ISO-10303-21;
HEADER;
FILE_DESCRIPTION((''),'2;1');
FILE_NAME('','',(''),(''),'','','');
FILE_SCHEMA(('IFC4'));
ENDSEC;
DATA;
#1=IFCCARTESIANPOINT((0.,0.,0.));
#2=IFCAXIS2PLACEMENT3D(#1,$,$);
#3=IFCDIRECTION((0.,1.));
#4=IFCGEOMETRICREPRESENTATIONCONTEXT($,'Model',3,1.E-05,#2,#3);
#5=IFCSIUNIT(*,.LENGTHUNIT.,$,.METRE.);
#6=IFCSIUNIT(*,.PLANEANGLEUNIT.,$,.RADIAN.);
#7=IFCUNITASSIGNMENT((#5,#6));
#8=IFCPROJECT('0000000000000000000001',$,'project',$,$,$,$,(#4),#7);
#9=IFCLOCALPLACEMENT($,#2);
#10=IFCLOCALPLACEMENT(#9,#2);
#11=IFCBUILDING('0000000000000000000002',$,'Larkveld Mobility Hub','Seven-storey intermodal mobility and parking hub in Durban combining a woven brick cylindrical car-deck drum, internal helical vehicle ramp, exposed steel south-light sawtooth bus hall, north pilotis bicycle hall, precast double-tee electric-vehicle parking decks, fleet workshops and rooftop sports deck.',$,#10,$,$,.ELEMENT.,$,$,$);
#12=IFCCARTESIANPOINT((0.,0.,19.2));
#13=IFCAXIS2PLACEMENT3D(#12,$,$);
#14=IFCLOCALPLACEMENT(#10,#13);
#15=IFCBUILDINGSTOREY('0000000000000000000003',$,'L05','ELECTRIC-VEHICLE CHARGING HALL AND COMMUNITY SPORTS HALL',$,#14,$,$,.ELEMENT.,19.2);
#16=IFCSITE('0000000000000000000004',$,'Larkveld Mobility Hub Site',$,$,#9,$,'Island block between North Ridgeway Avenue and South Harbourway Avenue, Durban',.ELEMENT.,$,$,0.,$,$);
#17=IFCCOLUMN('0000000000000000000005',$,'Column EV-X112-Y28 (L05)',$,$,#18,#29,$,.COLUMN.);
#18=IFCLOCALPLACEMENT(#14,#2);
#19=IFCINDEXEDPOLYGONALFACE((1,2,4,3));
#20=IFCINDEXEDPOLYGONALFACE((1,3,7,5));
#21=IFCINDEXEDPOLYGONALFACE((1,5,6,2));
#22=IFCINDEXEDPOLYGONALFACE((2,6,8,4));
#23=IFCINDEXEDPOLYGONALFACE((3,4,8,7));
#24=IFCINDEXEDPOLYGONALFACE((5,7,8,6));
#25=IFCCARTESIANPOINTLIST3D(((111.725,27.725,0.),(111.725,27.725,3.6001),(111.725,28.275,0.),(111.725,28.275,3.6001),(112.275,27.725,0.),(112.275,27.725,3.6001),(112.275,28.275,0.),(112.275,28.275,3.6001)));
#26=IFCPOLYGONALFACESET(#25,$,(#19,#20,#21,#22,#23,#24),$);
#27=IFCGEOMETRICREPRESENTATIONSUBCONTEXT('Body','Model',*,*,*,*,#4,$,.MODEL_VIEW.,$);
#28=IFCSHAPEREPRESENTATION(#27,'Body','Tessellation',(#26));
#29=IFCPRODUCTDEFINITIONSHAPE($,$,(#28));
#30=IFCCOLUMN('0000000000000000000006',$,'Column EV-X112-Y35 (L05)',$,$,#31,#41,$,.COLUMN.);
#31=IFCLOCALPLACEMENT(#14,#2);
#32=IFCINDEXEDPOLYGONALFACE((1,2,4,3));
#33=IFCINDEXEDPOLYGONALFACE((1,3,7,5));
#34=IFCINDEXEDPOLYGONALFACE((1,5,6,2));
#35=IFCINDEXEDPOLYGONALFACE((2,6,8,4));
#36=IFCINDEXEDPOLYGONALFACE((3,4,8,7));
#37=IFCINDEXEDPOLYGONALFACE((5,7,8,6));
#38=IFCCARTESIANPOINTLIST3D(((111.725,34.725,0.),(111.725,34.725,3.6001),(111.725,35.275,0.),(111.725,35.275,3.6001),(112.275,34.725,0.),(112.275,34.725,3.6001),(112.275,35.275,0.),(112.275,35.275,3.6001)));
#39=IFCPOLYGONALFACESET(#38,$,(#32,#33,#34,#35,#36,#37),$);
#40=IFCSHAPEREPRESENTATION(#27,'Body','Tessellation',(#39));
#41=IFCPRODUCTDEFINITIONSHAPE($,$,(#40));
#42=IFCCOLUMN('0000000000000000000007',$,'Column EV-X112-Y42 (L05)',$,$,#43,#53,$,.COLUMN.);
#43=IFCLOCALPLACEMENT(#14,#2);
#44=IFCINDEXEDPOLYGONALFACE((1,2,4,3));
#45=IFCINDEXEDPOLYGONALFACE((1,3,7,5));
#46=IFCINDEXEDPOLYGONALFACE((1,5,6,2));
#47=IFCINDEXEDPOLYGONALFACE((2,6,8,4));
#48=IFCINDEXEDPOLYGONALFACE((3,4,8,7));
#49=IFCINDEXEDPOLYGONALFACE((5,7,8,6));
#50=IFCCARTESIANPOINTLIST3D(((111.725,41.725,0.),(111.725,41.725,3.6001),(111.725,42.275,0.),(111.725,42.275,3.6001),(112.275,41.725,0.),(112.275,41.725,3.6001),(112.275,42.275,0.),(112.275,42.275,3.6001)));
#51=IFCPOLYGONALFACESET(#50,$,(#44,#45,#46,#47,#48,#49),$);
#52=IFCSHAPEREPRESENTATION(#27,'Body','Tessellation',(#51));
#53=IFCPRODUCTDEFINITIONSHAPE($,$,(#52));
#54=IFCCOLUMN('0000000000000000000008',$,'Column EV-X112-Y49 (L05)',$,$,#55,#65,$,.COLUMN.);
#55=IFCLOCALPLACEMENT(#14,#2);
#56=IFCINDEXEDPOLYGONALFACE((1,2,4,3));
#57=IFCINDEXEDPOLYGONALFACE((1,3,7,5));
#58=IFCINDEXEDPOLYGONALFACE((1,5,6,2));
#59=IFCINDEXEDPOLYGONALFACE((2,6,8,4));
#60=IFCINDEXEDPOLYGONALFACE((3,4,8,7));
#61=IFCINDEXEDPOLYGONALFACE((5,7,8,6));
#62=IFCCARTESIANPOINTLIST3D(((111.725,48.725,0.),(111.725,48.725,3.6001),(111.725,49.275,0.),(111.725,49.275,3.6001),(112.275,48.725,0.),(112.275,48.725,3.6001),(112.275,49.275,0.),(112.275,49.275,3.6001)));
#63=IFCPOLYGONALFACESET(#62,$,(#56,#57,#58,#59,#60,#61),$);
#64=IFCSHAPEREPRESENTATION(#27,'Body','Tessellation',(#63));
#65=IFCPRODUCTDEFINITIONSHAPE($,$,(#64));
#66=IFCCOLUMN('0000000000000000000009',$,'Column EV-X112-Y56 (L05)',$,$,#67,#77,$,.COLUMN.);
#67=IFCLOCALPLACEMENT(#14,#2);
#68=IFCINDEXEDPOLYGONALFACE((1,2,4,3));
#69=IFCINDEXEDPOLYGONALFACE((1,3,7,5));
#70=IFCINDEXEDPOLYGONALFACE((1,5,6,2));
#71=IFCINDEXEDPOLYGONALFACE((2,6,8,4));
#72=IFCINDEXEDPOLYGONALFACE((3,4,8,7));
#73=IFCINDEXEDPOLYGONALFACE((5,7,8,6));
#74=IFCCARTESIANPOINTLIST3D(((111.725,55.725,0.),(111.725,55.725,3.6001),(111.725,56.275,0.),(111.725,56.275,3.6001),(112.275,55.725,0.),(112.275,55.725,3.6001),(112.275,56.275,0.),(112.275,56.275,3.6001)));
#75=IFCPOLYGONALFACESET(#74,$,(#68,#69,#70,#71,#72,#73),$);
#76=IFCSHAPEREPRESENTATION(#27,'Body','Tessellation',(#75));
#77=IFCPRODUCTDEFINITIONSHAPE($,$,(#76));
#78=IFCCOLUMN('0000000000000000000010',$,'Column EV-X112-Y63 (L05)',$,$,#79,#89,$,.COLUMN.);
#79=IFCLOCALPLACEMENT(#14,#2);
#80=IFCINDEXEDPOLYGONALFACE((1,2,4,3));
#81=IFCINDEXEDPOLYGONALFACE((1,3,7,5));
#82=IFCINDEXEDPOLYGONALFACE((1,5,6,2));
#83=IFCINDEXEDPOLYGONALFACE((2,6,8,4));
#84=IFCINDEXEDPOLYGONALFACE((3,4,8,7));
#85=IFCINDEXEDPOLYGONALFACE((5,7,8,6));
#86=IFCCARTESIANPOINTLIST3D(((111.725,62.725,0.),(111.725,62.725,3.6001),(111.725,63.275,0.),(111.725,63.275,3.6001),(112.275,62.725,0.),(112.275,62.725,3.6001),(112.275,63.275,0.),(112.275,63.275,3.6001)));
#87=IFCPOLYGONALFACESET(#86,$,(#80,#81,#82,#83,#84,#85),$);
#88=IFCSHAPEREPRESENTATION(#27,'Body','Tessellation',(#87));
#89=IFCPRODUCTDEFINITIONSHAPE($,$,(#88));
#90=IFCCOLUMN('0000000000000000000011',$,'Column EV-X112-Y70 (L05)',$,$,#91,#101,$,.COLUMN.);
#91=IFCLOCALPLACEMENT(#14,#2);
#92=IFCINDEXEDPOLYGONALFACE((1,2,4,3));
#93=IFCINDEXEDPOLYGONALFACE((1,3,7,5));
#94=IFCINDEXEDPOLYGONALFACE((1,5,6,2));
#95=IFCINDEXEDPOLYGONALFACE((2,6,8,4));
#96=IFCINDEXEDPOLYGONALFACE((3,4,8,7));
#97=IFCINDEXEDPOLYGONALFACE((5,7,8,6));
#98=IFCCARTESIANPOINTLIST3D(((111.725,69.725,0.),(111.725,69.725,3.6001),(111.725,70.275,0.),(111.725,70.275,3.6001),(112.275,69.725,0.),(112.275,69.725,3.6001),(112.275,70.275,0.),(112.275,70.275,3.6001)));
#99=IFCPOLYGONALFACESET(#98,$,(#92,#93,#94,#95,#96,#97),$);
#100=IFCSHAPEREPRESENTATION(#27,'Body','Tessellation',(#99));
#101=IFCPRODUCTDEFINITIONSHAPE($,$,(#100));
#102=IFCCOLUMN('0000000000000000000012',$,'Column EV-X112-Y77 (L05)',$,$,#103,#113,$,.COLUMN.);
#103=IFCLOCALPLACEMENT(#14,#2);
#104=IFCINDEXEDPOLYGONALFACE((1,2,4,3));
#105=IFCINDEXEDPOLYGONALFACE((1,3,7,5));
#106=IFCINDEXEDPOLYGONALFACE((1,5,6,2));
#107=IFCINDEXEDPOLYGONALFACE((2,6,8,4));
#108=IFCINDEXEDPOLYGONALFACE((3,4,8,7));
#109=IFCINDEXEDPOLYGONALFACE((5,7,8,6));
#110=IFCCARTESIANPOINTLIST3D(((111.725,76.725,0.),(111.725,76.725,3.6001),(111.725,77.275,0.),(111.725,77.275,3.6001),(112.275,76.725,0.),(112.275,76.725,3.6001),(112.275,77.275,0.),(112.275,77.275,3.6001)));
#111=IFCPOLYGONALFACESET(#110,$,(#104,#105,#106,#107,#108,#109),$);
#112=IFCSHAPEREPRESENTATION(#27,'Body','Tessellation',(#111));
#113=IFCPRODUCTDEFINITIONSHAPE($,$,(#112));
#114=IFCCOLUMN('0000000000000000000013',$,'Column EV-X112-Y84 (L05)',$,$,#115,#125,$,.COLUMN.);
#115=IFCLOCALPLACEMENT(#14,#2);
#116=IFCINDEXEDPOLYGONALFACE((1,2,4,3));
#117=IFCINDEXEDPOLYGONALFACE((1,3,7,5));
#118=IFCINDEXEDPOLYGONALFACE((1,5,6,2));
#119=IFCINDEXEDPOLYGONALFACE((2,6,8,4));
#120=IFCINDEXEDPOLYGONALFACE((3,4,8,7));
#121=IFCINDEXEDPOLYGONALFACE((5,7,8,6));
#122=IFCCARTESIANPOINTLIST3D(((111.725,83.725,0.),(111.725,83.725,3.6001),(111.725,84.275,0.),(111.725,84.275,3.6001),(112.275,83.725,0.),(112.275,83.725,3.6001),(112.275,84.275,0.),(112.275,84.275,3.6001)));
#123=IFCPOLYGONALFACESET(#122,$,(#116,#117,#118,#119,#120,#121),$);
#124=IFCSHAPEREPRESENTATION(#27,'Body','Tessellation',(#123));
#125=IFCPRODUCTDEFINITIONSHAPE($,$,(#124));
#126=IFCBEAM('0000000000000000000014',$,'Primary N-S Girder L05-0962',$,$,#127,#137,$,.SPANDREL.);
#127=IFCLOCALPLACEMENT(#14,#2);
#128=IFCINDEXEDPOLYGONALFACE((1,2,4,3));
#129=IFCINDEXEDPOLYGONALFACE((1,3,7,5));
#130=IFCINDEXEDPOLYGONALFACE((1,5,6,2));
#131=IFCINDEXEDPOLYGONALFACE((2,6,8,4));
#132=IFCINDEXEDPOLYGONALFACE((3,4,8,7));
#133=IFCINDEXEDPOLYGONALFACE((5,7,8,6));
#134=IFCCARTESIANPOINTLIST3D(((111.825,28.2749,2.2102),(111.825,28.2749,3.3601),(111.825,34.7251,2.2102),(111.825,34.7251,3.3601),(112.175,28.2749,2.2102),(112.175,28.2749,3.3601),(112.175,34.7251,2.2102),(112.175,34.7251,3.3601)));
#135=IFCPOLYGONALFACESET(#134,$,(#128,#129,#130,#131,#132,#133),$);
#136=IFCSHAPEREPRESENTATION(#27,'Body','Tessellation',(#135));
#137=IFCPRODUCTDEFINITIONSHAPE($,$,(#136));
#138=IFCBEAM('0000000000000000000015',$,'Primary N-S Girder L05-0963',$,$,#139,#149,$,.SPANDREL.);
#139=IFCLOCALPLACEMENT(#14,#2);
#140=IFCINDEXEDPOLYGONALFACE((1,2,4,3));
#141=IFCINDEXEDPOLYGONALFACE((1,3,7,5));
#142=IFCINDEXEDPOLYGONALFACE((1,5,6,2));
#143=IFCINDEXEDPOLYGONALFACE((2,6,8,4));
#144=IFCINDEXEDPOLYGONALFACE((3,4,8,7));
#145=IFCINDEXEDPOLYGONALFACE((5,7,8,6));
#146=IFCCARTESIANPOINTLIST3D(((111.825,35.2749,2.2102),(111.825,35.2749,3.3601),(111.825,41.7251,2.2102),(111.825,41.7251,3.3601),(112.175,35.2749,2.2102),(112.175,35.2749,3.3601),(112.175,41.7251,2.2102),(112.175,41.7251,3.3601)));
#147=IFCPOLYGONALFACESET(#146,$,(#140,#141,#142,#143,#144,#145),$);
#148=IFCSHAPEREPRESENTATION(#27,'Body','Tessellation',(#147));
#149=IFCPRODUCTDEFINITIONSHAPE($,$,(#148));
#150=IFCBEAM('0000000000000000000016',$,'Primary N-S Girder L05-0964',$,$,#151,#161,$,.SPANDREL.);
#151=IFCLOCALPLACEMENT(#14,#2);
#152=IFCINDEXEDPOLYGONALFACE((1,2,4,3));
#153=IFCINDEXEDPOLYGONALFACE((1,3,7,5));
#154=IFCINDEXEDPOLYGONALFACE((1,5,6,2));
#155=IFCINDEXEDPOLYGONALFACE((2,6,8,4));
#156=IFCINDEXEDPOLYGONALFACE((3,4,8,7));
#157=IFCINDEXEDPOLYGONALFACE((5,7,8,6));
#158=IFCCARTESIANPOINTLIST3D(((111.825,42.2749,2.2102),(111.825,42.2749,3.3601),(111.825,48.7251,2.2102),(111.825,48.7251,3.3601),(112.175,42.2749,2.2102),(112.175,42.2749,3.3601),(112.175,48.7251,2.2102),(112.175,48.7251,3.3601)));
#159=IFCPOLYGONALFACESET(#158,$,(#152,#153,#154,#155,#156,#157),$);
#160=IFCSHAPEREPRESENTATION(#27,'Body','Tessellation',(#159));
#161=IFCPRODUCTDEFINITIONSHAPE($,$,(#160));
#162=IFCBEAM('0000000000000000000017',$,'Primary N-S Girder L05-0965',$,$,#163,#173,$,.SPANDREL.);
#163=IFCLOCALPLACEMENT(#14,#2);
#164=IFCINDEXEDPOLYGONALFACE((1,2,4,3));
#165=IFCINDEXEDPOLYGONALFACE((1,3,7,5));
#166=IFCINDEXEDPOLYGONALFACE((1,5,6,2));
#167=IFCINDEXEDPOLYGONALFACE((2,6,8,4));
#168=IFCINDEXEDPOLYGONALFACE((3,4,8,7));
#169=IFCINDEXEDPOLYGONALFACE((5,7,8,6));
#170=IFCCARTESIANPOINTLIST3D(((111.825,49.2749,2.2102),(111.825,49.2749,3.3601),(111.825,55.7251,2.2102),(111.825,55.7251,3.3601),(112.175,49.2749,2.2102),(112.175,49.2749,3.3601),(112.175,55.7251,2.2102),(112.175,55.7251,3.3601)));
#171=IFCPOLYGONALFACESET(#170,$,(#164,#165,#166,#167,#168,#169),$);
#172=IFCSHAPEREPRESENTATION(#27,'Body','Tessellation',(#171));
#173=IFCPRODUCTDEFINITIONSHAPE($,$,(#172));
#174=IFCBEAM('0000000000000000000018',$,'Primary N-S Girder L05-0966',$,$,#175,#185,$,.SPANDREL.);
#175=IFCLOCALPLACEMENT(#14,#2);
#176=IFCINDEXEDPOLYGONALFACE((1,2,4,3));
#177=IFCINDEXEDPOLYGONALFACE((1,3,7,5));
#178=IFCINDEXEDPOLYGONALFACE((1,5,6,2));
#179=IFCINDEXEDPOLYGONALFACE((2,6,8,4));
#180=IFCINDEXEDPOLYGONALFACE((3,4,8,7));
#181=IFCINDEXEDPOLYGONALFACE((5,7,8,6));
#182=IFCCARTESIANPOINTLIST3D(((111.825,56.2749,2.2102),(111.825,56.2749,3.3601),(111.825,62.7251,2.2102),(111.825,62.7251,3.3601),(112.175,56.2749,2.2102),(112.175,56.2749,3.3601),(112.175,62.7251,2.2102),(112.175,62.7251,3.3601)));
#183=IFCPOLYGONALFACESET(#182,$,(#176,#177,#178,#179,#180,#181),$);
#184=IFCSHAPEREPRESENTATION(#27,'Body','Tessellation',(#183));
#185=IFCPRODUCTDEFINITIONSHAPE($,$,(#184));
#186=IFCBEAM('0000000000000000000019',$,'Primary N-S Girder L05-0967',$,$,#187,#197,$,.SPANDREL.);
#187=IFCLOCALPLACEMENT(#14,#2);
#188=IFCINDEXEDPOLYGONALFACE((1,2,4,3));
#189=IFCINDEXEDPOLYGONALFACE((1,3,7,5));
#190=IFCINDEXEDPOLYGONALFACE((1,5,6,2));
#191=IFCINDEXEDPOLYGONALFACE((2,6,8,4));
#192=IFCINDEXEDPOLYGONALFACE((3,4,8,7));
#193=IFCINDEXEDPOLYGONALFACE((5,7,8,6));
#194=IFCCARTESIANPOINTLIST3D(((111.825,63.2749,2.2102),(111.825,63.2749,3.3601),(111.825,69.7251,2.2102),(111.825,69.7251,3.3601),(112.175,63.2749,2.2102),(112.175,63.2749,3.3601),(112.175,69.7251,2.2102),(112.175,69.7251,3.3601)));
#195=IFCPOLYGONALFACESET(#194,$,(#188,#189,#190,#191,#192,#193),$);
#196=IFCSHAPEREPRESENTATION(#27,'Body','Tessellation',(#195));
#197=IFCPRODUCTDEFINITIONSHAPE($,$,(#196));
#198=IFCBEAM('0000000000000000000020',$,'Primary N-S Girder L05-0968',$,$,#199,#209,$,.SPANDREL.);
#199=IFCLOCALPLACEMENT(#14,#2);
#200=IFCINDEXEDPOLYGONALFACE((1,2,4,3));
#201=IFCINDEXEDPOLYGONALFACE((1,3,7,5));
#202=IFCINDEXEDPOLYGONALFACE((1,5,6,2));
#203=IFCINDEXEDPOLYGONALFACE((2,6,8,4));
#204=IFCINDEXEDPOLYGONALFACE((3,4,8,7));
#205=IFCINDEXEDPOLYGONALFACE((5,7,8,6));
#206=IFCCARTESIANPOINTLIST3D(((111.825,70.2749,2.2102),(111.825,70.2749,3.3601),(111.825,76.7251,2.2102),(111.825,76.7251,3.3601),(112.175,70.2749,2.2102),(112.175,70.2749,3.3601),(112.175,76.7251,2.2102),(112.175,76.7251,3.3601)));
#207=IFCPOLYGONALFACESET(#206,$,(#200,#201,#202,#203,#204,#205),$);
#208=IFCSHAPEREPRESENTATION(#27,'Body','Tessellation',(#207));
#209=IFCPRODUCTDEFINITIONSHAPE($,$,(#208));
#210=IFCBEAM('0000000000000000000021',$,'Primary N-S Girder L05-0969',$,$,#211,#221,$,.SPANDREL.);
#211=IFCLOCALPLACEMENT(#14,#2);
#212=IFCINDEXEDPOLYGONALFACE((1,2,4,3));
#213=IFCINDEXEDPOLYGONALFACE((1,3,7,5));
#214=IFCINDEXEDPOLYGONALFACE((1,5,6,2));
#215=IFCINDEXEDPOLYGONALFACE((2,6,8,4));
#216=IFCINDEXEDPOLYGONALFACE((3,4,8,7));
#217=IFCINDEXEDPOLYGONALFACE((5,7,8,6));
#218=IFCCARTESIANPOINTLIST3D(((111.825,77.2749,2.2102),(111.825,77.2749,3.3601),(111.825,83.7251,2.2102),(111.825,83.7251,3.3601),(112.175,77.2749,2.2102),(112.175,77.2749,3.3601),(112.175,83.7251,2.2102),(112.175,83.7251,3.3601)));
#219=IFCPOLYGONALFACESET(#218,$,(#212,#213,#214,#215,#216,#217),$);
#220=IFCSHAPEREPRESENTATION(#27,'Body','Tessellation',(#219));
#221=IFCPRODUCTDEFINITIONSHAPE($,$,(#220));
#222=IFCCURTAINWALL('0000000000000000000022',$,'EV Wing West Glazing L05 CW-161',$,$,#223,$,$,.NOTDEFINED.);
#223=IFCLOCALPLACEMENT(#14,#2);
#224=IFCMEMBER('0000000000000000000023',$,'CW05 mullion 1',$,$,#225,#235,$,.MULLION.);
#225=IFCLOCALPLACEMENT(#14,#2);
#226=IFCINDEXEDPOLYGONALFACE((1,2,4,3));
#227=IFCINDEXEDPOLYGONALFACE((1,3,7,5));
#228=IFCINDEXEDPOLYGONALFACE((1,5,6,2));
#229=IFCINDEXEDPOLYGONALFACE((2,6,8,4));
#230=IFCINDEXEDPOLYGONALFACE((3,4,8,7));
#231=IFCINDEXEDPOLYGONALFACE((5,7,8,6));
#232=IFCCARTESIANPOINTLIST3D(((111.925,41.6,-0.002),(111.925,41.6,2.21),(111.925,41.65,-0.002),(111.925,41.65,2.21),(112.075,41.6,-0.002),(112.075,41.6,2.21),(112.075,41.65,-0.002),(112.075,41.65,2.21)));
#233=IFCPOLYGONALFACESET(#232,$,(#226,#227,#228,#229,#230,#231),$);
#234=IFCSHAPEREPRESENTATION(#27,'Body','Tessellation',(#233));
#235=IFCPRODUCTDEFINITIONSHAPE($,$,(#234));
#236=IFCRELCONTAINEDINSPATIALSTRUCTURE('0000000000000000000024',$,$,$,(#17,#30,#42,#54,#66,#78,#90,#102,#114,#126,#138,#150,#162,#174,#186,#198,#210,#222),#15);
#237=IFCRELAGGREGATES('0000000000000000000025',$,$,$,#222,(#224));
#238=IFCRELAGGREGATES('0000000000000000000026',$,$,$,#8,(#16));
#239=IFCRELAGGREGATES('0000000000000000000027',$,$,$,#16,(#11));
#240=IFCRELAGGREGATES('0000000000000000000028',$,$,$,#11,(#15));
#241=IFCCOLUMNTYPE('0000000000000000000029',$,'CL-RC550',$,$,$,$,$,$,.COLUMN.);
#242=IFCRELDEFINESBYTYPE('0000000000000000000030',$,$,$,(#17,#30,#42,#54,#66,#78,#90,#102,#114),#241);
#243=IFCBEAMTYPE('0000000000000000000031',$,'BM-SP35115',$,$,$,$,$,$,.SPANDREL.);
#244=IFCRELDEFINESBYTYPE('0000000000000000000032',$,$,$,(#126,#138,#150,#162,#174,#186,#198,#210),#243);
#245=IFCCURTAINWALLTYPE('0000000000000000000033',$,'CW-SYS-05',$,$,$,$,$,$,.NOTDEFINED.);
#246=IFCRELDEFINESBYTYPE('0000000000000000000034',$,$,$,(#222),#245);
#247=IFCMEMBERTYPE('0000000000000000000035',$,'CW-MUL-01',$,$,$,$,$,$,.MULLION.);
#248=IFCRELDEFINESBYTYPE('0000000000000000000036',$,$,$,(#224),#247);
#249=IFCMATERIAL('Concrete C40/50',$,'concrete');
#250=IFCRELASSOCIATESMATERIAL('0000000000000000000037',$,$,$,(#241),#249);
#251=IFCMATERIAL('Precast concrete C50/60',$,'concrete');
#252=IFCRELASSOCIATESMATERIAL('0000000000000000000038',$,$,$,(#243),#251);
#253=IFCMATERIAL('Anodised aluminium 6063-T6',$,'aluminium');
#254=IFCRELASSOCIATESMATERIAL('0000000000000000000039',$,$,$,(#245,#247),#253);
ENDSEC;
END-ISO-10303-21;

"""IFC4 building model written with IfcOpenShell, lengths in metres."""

from ifc_helpers import new_model, si_unit, direction, frame, origin, origin_2d, place, context, subcontext, project, spatial, rectangle, extrude, material, material_profile, profile_set, type_object, element, aggregate, save


model = new_model("IFC4")

# Units and contexts
model_context = context("Model", 3, precision=1e-05, world=origin(), true_north=direction((0.0, 1.0)))
body_context = subcontext(model_context, "Body", "Model", "MODEL_VIEW")
ifc_project = project(units=[si_unit("LENGTHUNIT", "METRE"), si_unit("PLANEANGLEUNIT", "RADIAN")], contexts=[model_context])

# Site, building, storey
site_placement = place(None, origin())
site = spatial("IfcSite", under=ifc_project, at=site_placement, Name="Larkveld Mobility Hub Site", LongName="Island block between North Ridgeway Avenue and South Harbourway Avenue, Durban", CompositionType="ELEMENT", RefElevation=0.0)
building_placement = place(site_placement, origin())
building = spatial("IfcBuilding", under=site, at=building_placement, Name="Larkveld Mobility Hub", Description="Seven-storey intermodal mobility and parking hub in Durban combining a woven brick cylindrical car-deck drum, internal helical vehicle ramp, exposed steel south-light sawtooth bus hall, north pilotis bicycle hall, precast double-tee electric-vehicle parking decks, fleet workshops and rooftop sports deck.", CompositionType="ELEMENT")
storey_placement = place(building_placement, frame((0.0, 0.0, 19.2)))
storey = spatial("IfcBuildingStorey", under=building, at=storey_placement, Name="L05", Description="ELECTRIC-VEHICLE CHARGING HALL AND COMMUNITY SPORTS HALL", CompositionType="ELEMENT", Elevation=19.2)

# Columns
ifc_material_1 = material(Name="Concrete C40/50", Category="concrete")
ifc_material_profile_1 = material_profile(ifc_material_1, rectangle(XDim=0.55, YDim=0.55, at=origin_2d()), Name="RC COL 550x550")
ifc_profile_set_1 = profile_set([ifc_material_profile_1], Name="Concrete C40/50")
column_type = type_object("IfcColumnType", Name="CL-RC550", PredefinedType="COLUMN", material=ifc_profile_set_1)
for number, where, z_axis, x_axis, name in (
    (1, (112.0, 28.0, 0.0), (0.0, 0.0, 1.0), (1.0, 0.0, 0.0), "Column EV-X112-Y28 (L05)"),
    (2, (112.0, 35.0, 0.0), (0.0, 0.0, 1.0), (1.0, 0.0, 0.0), "Column EV-X112-Y35 (L05)"),
    (3, (112.0, 42.0, 0.0), (0.0, 0.0, 1.0), (1.0, 0.0, 0.0), "Column EV-X112-Y42 (L05)"),
    (4, (112.0, 49.0, 0.0), (0.0, 0.0, 1.0), (1.0, 0.0, 0.0), "Column EV-X112-Y49 (L05)"),
    (5, (112.0, 56.0, 0.0), (0.0, 0.0, 1.0), (1.0, 0.0, 0.0), "Column EV-X112-Y56 (L05)"),
    (6, (112.0, 63.0, 0.0), (0.0, 0.0, 1.0), (1.0, 0.0, 0.0), "Column EV-X112-Y63 (L05)"),
    (7, (112.0, 70.0, 0.0), (0.0, 0.0, 1.0), (1.0, 0.0, 0.0), "Column EV-X112-Y70 (L05)"),
    (8, (112.0, 77.0, 0.0), (0.0, 0.0, 1.0), (1.0, 0.0, 0.0), "Column EV-X112-Y77 (L05)"),
    (9, (112.0, 84.0, 0.0), (0.0, 0.0, 1.0), (1.0, 0.0, 0.0), "Column EV-X112-Y84 (L05)"),
):
    element("IfcColumn", number, at=place(storey_placement, frame(where, z_axis=z_axis, x_axis=x_axis)), inside=storey, type_object=column_type, Name=name, PredefinedType="COLUMN", context=body_context, shape_type="SweptSolid", body=[
        extrude(rectangle(XDim=0.55, YDim=0.55, at=origin_2d()), origin(), (0.0, 0.0, 1.0), 3.6001),
    ])

# Beams
ifc_material_2 = material(Name="Precast concrete C50/60", Category="concrete")
ifc_material_profile_2 = material_profile(ifc_material_2, rectangle(XDim=0.3501, YDim=1.1499, at=origin_2d()), Name="PC SP 350x1150")
ifc_profile_set_2 = profile_set([ifc_material_profile_2], Name="Precast concrete C50/60")
beam_type = type_object("IfcBeamType", Name="BM-SP35115", PredefinedType="SPANDREL", material=ifc_profile_set_2)
for number, where, z_axis, x_axis, name in (
    (10, (112.0, 28.2749, 2.7852), (0.0, 1.0, 0.0), (-1.0, 0.0, 0.0), "Primary N-S Girder L05-0962"),
    (11, (112.0, 35.2749, 2.7852), (0.0, 1.0, 0.0), (-1.0, 0.0, 0.0), "Primary N-S Girder L05-0963"),
    (12, (112.0, 42.2749, 2.7852), (0.0, 1.0, 0.0), (-1.0, 0.0, 0.0), "Primary N-S Girder L05-0964"),
    (13, (112.0, 49.2749, 2.7852), (0.0, 1.0, 0.0), (-1.0, 0.0, 0.0), "Primary N-S Girder L05-0965"),
    (14, (112.0, 56.2749, 2.7852), (0.0, 1.0, 0.0), (-1.0, 0.0, 0.0), "Primary N-S Girder L05-0966"),
    (15, (112.0, 63.2749, 2.7852), (0.0, 1.0, 0.0), (-1.0, 0.0, 0.0), "Primary N-S Girder L05-0967"),
    (16, (112.0, 70.2749, 2.7852), (0.0, 1.0, 0.0), (-1.0, 0.0, 0.0), "Primary N-S Girder L05-0968"),
    (17, (112.0, 77.2749, 2.7852), (0.0, 1.0, 0.0), (-1.0, 0.0, 0.0), "Primary N-S Girder L05-0969"),
):
    element("IfcBeam", number, at=place(storey_placement, frame(where, z_axis=z_axis, x_axis=x_axis)), inside=storey, type_object=beam_type, Name=name, PredefinedType="SPANDREL", context=body_context, shape_type="SweptSolid", body=[
        extrude(rectangle(XDim=0.3501, YDim=1.1499, at=origin_2d()), origin(), (0.0, 0.0, 1.0), 6.4502),
    ])

# Curtain wall, member
ifc_material_3 = material(Name="Anodised aluminium 6063-T6", Category="aluminium")
curtain_wall_type = type_object("IfcCurtainWallType", Name="CW-SYS-05", PredefinedType="NOTDEFINED", material=ifc_material_3)
curtain_wall_placement = place(storey_placement, origin())
curtain_wall = element("IfcCurtainWall", 18, at=curtain_wall_placement, inside=storey, type_object=curtain_wall_type, Name="EV Wing West Glazing L05 CW-161", PredefinedType="NOTDEFINED")
ifc_material_profile_3 = material_profile(ifc_material_3, rectangle(XDim=0.05, YDim=0.1499, at=origin_2d()), Name="ALU MULL 50x150")
ifc_profile_set_3 = profile_set([ifc_material_profile_3], Name="Anodised aluminium 6063-T6")
member_type = type_object("IfcMemberType", Name="CW-MUL-01", PredefinedType="MULLION", material=ifc_profile_set_3)
member_1_placement = place(storey_placement, frame((112.0, 41.625, -0.002), z_axis=(0.0, 0.0, 1.0), x_axis=(0.0, -1.0, 0.0)))
member_1 = element("IfcMember", 19, at=member_1_placement, type_object=member_type, Name="CW05 mullion 1", PredefinedType="MULLION", context=body_context, shape_type="SweptSolid", body=[
    extrude(rectangle(XDim=0.05, YDim=0.1499, at=origin_2d()), origin(), (0.0, 0.0, 1.0), 2.2119),
])
aggregate(curtain_wall, [member_1])

save(model, "model.ifc")
